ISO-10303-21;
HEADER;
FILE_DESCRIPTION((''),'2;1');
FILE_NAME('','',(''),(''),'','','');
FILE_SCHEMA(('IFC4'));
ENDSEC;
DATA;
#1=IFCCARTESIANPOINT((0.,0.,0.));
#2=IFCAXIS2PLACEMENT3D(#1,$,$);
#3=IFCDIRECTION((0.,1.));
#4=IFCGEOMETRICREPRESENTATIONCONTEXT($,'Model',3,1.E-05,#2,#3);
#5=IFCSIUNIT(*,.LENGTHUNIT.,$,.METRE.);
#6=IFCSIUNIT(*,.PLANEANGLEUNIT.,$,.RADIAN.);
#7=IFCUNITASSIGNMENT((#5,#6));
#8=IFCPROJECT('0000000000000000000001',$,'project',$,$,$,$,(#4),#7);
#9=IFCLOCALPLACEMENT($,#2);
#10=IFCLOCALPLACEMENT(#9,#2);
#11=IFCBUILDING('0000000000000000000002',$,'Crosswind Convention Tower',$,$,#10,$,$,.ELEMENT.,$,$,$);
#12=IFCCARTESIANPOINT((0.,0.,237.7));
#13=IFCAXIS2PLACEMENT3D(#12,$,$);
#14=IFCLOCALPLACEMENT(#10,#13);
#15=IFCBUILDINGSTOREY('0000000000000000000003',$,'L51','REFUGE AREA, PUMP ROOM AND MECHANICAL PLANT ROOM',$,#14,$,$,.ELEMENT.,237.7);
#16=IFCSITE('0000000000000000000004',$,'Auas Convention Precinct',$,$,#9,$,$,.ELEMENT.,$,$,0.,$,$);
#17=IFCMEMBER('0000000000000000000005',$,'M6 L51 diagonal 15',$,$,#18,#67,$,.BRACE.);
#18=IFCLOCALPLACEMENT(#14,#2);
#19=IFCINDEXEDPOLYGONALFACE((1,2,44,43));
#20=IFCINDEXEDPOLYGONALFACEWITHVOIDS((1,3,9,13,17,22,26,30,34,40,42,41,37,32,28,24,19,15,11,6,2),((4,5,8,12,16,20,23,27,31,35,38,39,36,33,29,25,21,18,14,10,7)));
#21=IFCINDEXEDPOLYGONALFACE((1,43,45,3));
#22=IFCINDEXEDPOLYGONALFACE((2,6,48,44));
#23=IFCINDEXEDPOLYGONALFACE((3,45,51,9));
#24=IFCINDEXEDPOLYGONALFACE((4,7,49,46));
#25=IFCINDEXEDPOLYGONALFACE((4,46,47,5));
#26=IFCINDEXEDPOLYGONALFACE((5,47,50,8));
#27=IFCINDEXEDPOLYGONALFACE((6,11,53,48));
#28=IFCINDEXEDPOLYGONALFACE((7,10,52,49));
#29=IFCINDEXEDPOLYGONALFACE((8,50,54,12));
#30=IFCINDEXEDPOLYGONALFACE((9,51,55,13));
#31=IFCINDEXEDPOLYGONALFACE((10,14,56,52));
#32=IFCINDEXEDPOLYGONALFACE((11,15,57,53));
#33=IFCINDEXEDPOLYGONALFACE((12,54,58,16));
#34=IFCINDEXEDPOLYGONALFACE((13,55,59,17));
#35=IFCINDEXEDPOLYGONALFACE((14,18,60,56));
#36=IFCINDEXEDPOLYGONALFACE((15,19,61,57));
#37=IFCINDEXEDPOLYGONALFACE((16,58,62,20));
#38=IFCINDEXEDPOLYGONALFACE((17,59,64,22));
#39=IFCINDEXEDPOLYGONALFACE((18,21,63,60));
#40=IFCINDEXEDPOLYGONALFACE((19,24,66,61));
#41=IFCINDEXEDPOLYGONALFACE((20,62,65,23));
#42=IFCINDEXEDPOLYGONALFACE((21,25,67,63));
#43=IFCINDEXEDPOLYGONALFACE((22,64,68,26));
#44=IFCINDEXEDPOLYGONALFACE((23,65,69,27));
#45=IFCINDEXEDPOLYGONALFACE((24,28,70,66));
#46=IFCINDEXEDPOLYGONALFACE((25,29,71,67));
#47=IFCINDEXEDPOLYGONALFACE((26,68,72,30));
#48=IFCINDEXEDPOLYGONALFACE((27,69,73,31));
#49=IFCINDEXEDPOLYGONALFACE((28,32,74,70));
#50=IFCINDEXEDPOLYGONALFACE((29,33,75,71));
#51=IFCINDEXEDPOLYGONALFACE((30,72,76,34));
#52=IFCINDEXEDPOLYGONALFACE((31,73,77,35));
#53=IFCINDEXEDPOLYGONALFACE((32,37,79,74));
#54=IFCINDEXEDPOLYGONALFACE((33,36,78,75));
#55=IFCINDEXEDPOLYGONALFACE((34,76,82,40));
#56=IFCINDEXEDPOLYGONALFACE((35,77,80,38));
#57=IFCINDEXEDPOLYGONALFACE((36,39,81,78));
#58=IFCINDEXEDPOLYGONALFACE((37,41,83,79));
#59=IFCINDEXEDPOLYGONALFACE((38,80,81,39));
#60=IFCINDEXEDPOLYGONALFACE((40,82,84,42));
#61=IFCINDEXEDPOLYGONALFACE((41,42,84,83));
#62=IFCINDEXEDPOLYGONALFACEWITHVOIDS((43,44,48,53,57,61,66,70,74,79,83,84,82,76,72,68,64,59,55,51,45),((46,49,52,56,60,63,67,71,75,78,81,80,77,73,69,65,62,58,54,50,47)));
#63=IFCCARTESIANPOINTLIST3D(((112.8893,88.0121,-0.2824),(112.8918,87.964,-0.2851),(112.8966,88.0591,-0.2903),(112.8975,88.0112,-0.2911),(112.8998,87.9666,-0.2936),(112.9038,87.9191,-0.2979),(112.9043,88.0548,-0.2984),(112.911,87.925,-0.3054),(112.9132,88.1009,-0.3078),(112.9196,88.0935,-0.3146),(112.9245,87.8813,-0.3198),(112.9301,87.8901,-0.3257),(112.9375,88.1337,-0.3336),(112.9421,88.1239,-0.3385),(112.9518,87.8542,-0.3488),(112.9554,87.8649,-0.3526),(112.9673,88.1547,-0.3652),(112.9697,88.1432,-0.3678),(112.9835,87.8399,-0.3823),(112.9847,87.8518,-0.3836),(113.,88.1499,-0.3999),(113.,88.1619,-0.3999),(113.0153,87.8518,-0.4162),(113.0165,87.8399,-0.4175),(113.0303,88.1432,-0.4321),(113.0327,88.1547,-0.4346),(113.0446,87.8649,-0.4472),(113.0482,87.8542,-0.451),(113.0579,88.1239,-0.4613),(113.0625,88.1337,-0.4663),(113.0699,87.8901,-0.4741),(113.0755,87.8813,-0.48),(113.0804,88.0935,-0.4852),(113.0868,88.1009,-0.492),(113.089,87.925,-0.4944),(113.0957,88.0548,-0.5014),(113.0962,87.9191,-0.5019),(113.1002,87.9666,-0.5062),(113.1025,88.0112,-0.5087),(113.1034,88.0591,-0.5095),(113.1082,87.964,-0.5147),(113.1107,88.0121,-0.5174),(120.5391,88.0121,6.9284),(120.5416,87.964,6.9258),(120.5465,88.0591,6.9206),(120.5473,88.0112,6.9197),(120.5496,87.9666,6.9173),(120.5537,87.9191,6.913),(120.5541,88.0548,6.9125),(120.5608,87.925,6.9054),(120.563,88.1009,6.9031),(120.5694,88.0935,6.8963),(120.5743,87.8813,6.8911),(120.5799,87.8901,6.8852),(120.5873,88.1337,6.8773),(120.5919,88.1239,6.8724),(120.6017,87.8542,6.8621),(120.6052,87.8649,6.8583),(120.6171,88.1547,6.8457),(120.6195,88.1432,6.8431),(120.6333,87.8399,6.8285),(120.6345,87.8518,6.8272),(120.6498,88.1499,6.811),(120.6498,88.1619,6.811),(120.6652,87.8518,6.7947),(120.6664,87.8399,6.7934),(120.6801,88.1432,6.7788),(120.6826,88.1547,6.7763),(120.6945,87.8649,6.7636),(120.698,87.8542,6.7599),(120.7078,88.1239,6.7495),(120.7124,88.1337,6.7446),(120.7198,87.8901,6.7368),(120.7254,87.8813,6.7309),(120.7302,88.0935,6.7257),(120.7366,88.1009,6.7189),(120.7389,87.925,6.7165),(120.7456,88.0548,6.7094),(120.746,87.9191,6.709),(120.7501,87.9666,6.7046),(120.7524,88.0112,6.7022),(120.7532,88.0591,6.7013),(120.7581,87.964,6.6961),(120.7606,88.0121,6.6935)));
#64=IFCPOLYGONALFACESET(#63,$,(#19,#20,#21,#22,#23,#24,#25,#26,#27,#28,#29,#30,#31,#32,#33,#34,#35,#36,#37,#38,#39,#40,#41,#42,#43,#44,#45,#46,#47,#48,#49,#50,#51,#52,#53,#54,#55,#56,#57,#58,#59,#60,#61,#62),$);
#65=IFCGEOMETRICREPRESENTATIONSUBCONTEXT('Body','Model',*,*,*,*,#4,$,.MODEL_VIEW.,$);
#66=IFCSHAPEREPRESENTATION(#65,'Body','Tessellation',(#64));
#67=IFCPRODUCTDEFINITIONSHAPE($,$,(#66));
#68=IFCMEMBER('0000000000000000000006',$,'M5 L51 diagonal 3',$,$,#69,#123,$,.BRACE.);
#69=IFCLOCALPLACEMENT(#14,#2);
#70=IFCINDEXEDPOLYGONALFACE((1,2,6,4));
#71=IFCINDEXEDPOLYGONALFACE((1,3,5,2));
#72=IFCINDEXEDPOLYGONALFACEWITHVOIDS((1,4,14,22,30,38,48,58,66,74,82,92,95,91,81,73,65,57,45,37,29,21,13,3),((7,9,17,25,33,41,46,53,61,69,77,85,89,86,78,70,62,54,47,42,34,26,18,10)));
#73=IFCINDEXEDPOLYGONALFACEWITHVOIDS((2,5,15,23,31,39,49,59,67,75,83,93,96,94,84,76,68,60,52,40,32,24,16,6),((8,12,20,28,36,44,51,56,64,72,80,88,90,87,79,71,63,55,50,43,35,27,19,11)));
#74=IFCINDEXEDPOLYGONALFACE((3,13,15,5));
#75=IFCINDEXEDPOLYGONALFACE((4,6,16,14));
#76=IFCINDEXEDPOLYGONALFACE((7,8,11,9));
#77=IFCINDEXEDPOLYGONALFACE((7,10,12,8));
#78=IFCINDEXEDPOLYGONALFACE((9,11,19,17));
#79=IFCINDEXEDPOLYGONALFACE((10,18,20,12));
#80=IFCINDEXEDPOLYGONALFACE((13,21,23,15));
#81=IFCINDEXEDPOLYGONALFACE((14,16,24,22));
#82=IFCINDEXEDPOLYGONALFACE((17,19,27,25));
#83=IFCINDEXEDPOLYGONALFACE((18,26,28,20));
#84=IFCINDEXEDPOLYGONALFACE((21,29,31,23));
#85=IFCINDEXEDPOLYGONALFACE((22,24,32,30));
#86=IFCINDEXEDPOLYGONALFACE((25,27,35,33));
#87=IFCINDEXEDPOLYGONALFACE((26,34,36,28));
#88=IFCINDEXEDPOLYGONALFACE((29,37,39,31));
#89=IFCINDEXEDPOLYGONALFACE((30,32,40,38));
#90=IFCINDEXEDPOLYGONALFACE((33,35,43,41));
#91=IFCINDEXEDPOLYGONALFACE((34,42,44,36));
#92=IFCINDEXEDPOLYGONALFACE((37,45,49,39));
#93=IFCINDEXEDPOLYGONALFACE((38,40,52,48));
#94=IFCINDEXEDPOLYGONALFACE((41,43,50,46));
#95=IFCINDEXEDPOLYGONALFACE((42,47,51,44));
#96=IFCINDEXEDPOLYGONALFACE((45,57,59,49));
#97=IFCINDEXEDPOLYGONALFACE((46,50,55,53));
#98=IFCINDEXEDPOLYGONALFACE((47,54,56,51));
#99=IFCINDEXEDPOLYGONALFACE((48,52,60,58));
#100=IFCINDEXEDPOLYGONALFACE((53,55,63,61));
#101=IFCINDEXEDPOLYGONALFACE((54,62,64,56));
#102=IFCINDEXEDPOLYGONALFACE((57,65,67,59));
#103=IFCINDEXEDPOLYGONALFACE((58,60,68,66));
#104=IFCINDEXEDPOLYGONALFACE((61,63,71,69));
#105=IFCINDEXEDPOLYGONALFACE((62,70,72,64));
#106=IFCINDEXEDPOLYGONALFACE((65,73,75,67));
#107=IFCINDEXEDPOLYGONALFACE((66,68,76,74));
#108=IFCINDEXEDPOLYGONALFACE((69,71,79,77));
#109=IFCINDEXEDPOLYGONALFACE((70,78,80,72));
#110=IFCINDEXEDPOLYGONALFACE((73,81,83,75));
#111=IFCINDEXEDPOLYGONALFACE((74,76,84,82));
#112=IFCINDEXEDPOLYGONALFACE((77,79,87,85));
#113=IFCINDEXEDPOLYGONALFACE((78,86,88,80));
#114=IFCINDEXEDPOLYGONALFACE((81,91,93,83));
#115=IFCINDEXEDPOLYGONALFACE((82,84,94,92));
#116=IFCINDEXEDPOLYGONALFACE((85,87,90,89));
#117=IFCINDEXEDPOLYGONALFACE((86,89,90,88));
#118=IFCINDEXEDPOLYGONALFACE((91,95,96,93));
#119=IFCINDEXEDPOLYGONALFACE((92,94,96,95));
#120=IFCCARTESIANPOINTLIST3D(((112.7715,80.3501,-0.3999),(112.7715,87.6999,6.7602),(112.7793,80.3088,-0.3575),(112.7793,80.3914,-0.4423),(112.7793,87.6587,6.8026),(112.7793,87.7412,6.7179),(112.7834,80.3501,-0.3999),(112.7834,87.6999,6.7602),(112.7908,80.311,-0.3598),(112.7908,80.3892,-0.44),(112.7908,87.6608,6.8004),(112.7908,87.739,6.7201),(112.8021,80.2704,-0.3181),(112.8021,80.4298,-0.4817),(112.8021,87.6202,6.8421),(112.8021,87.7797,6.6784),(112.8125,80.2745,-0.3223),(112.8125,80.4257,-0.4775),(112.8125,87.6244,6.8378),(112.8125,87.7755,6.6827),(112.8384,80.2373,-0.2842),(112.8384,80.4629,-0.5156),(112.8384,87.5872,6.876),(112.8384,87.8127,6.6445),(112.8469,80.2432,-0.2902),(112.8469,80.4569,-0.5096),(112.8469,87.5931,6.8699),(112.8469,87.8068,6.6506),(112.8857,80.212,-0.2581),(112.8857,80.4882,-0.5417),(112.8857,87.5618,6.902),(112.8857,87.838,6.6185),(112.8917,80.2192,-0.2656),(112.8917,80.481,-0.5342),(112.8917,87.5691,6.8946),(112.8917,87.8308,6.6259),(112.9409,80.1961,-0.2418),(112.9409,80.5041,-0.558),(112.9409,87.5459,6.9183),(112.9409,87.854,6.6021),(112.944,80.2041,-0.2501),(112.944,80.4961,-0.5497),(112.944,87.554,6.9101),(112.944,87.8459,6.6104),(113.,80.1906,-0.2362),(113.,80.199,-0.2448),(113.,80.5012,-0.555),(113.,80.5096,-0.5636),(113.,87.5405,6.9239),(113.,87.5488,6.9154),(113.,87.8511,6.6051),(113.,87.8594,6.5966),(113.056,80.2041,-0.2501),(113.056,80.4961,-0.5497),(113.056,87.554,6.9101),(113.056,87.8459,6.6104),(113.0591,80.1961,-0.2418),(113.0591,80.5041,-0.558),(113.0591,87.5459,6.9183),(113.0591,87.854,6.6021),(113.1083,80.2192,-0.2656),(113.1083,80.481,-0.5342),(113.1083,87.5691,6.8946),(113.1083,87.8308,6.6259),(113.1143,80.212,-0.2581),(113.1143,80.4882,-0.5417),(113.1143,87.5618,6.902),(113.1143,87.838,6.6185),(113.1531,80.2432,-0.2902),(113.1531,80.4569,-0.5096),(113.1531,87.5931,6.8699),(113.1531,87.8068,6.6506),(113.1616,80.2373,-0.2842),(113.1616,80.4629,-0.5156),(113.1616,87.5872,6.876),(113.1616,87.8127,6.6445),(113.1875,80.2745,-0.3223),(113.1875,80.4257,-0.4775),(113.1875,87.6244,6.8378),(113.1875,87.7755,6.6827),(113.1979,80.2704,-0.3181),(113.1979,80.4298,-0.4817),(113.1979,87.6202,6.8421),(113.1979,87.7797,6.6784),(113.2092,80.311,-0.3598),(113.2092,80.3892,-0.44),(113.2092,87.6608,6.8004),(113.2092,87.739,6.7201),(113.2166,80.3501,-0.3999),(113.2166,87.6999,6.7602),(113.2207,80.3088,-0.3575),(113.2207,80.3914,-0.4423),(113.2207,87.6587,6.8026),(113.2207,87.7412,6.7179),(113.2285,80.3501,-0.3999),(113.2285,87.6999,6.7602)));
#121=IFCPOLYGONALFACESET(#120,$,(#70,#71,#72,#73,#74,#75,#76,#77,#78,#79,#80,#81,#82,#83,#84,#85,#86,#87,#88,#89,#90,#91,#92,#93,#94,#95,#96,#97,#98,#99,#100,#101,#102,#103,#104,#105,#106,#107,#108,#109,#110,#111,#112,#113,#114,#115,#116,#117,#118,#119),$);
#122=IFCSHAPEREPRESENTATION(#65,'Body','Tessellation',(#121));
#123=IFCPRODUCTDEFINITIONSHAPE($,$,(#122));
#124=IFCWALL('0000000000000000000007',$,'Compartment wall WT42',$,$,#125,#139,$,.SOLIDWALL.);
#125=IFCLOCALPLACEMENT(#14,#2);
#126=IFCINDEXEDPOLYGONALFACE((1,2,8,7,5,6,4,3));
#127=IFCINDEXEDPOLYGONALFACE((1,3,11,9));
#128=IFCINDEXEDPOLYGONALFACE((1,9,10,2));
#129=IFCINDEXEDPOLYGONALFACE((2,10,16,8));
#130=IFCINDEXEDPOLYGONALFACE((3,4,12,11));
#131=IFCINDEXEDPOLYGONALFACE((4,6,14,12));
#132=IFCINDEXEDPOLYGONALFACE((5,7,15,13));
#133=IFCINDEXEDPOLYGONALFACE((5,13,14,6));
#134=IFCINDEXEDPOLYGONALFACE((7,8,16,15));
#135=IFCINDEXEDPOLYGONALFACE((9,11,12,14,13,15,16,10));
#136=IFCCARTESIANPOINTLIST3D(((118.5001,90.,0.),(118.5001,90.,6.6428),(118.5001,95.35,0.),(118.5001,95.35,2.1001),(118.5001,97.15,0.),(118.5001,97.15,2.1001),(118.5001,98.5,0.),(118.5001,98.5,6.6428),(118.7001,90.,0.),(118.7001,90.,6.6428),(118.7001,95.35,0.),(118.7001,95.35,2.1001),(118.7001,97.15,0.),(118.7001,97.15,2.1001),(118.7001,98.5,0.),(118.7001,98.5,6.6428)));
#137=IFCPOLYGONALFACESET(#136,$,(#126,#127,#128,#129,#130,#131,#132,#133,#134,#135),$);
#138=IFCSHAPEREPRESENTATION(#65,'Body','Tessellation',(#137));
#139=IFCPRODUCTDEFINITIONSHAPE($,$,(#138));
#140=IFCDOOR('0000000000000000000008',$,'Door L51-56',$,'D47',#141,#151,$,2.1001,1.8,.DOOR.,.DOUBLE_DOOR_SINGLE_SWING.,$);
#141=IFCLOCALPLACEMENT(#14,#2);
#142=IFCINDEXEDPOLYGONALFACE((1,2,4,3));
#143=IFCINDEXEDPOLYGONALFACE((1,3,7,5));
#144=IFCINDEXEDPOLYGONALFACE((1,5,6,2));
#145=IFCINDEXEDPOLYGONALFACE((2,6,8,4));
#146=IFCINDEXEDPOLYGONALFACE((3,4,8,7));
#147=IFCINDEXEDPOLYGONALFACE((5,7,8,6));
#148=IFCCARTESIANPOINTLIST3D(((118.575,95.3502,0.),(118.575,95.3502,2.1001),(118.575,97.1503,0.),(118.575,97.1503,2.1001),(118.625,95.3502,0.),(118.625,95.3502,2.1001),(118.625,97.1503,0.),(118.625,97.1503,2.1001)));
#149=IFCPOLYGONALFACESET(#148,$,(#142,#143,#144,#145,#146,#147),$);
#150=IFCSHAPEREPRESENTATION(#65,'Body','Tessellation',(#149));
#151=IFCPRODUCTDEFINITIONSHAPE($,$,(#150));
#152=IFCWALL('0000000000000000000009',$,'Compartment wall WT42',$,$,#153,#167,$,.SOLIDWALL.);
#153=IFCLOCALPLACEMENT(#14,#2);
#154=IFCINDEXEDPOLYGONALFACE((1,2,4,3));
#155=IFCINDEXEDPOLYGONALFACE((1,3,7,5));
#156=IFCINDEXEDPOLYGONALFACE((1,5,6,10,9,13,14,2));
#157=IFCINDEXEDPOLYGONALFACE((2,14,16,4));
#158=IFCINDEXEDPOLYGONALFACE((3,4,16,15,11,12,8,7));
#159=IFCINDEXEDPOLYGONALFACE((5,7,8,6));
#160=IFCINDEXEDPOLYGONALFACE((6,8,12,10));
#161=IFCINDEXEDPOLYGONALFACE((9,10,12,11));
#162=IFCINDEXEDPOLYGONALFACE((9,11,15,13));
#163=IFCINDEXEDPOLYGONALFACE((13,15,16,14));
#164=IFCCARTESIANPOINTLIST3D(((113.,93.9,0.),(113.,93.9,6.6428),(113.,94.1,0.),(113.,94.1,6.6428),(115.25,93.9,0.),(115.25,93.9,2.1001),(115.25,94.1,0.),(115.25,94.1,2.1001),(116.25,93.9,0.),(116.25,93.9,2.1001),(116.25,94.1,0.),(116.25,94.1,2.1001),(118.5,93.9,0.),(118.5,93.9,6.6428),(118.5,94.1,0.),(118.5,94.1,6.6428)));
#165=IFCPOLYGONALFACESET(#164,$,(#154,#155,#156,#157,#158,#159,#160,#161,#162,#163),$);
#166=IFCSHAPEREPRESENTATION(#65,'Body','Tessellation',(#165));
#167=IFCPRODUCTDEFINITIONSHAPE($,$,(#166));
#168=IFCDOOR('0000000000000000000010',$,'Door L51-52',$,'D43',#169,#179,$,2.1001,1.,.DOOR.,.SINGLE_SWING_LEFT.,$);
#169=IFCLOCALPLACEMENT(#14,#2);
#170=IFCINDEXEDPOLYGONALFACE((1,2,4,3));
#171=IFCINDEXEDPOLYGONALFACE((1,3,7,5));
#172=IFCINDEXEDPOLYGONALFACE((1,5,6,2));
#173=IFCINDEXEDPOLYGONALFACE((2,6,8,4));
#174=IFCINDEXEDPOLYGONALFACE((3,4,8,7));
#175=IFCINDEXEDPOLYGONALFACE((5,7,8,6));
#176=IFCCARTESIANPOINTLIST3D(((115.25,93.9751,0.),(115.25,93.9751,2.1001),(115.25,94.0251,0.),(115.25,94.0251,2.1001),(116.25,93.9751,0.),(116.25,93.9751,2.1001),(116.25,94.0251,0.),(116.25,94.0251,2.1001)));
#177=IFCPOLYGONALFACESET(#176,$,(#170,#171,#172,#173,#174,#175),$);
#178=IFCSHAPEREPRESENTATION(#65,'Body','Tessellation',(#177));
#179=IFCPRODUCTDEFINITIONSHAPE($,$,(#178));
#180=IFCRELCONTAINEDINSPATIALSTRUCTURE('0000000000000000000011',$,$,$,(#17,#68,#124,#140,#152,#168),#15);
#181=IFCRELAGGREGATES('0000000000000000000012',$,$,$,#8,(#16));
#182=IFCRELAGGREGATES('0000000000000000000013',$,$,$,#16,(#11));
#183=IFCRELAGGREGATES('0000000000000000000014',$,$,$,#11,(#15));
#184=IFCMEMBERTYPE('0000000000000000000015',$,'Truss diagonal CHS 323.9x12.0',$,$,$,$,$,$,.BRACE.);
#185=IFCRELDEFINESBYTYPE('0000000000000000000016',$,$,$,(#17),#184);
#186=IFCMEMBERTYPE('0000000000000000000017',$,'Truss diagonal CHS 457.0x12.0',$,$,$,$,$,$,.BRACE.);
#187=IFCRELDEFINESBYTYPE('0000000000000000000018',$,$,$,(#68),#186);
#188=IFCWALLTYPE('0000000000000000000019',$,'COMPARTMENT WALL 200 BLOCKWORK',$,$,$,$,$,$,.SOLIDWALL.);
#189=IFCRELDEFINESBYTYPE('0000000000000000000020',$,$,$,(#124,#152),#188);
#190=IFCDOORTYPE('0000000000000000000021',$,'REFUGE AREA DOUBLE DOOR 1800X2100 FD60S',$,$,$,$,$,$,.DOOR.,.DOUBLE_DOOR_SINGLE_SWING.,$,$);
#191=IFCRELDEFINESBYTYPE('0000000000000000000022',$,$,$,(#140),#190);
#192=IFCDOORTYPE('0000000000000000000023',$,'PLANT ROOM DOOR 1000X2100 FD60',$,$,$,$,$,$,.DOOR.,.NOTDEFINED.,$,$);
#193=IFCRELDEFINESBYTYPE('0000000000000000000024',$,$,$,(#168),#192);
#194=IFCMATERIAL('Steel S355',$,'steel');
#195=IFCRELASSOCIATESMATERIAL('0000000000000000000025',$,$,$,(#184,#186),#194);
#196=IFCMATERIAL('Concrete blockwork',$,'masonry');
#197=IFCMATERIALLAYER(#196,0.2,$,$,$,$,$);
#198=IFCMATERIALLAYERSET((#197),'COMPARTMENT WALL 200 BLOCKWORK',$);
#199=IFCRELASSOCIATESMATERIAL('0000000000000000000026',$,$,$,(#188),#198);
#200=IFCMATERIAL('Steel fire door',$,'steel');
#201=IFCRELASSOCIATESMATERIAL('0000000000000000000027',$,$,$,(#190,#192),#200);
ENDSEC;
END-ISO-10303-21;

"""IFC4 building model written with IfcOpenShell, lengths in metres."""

from ifc_helpers import new_model, si_unit, direction, frame, frame_2d, origin, origin_2d, place, context, subcontext, project, spatial, rectangle, hollow_circle, extrude, material, layer, layer_set, material_profile, profile_set, type_object, element, fill, save


model = new_model("IFC4")

# Units and contexts
model_context = context("Model", 3, precision=1e-05, world=origin(), true_north=direction((0.0, 1.0)))
body_context = subcontext(model_context, "Body", "Model", "MODEL_VIEW")
ifc_project = project(units=[si_unit("LENGTHUNIT", "METRE"), si_unit("PLANEANGLEUNIT", "RADIAN")], contexts=[model_context])

# Site, building, storey
site_placement = place(None, origin())
site = spatial("IfcSite", under=ifc_project, at=site_placement, Name="Auas Convention Precinct", CompositionType="ELEMENT", RefElevation=0.0)
building_placement = place(site_placement, origin())
building = spatial("IfcBuilding", under=site, at=building_placement, Name="Crosswind Convention Tower", CompositionType="ELEMENT")
storey_placement = place(building_placement, frame((0.0, 0.0, 237.7)))
storey = spatial("IfcBuildingStorey", under=building, at=storey_placement, Name="L51", Description="REFUGE AREA, PUMP ROOM AND MECHANICAL PLANT ROOM", CompositionType="ELEMENT", Elevation=237.7)

# Shared definitions
ifc_material_1 = material(Name="Steel S355", Category="steel")

# Members
ifc_material_profile_1 = material_profile(ifc_material_1, hollow_circle(Radius=0.1619, WallThickness=0.012, at=origin_2d()), Name="CHS 323.9x12.0")
ifc_profile_set_1 = profile_set([ifc_material_profile_1], Name="Steel S355")
member_type_1 = type_object("IfcMemberType", Name="Truss diagonal CHS 323.9x12.0", PredefinedType="BRACE", material=ifc_profile_set_1)
member_1_placement = place(storey_placement, frame((113.0, 88.0, -0.3999), z_axis=(0.727676, 0.0, 0.685921), x_axis=(0.0, 1.0, 0.0)))
element("IfcMember", 1, at=member_1_placement, inside=storey, type_object=member_type_1, Name="M6 L51 diagonal 15", PredefinedType="BRACE", context=body_context, shape_type="SweptSolid", body=[
    extrude(hollow_circle(Radius=0.1619, WallThickness=0.012, at=origin_2d()), origin(), (0.0, 0.0, 1.0), 10.5127),
])
ifc_material_profile_2 = material_profile(ifc_material_1, hollow_circle(Radius=0.2285, WallThickness=0.012, at=origin_2d()), Name="CHS 457.0x12.0")
ifc_profile_set_2 = profile_set([ifc_material_profile_2], Name="Steel S355")
member_type_2 = type_object("IfcMemberType", Name="Truss diagonal CHS 457.0x12.0", PredefinedType="BRACE", material=ifc_profile_set_2)
member_2_placement = place(storey_placement, frame((113.0, 80.3501, -0.3999), z_axis=(0.0, 0.71629, 0.697803), x_axis=(-1.0, 0.0, 0.0)))
element("IfcMember", 2, at=member_2_placement, inside=storey, type_object=member_type_2, Name="M5 L51 diagonal 3", PredefinedType="BRACE", context=body_context, shape_type="SweptSolid", body=[
    extrude(hollow_circle(Radius=0.2285, WallThickness=0.012, at=origin_2d()), origin(), (0.0, 0.0, 1.0), 10.261),
])

# Walls, openings, doors
ifc_material_2 = material(Name="Concrete blockwork", Category="masonry")
ifc_layer_1 = layer(ifc_material_2, 0.2)
ifc_layer_set_1 = layer_set([ifc_layer_1], Name="COMPARTMENT WALL 200 BLOCKWORK")
wall_type_1 = type_object("IfcWallType", Name="COMPARTMENT WALL 200 BLOCKWORK", PredefinedType="SOLIDWALL", material=ifc_layer_set_1)
wall_1_placement = place(storey_placement, frame((118.6001, 90.0, 0.0), z_axis=(0.0, 0.0, 1.0), x_axis=(0.0, 1.0, 0.0)))
wall_1 = element("IfcWall", 3, at=wall_1_placement, inside=storey, type_object=wall_type_1, Name="Compartment wall WT42", PredefinedType="SOLIDWALL", context=body_context, shape_type="SweptSolid", body=[
    extrude(rectangle(XDim=8.5, YDim=0.2, at=frame_2d((4.25, 0.0))), origin(), (0.0, 0.0, 1.0), 6.6428),
])
opening_1_placement = place(wall_1_placement, frame((5.3501, 0.0, 0.0)))
opening_1 = element("IfcOpeningElement", 4, at=opening_1_placement, cuts=wall_1, PredefinedType="OPENING", context=body_context, shape_type="SweptSolid", body=[
    extrude(rectangle(XDim=1.8, YDim=2.1001, at=frame_2d((0.8999, 1.05))), frame((0.0, 0.1099, 0.0), z_axis=(0.0, -1.0, 0.0), x_axis=(1.0, 0.0, 0.0)), (0.0, 0.0, 1.0), 0.22),
])
ifc_material_3 = material(Name="Steel fire door", Category="steel")
door_type_1 = type_object("IfcDoorType", Name="REFUGE AREA DOUBLE DOOR 1800X2100 FD60S", OperationType="DOUBLE_DOOR_SINGLE_SWING", PredefinedType="DOOR", material=ifc_material_3)
door_1_placement = place(opening_1_placement, frame((1.8, 0.0, 0.0), z_axis=(0.0, 0.0, 1.0), x_axis=(-1.0, 0.0, 0.0)))
door_1 = element("IfcDoor", 5, at=door_1_placement, inside=storey, type_object=door_type_1, Name="Door L51-56", ObjectType="D47", OperationType="DOUBLE_DOOR_SINGLE_SWING", OverallHeight=2.1001, OverallWidth=1.8, PredefinedType="DOOR", context=body_context, shape_type="SweptSolid", body=[
    extrude(rectangle(XDim=1.8, YDim=2.1001, at=frame_2d((0.8999, 1.05))), frame((0.0, 0.0249, 0.0), z_axis=(0.0, -1.0, 0.0), x_axis=(1.0, 0.0, 0.0)), (0.0, 0.0, 1.0), 0.05),
])
fill(opening_1, door_1)
wall_2_placement = place(storey_placement, frame((113.0, 94.0, 0.0), z_axis=(0.0, 0.0, 1.0), x_axis=(1.0, 0.0, 0.0)))
wall_2 = element("IfcWall", 6, at=wall_2_placement, inside=storey, type_object=wall_type_1, Name="Compartment wall WT42", PredefinedType="SOLIDWALL", context=body_context, shape_type="SweptSolid", body=[
    extrude(rectangle(XDim=5.5, YDim=0.2, at=frame_2d((2.75, 0.0))), origin(), (0.0, 0.0, 1.0), 6.6428),
])
opening_2_placement = place(wall_2_placement, frame((2.25, 0.0, 0.0)))
opening_2 = element("IfcOpeningElement", 7, at=opening_2_placement, cuts=wall_2, PredefinedType="OPENING", context=body_context, shape_type="SweptSolid", body=[
    extrude(rectangle(XDim=1.0, YDim=2.1001, at=frame_2d((0.5, 1.05))), frame((0.0, 0.1099, 0.0), z_axis=(0.0, -1.0, 0.0), x_axis=(1.0, 0.0, 0.0)), (0.0, 0.0, 1.0), 0.22),
])
door_type_2 = type_object("IfcDoorType", Name="PLANT ROOM DOOR 1000X2100 FD60", OperationType="NOTDEFINED", PredefinedType="DOOR", material=ifc_material_3)
door_2_placement = place(opening_2_placement, frame((1.0, 0.0, 0.0), z_axis=(0.0, 0.0, 1.0), x_axis=(-1.0, 0.0, 0.0)))
door_2 = element("IfcDoor", 8, at=door_2_placement, inside=storey, type_object=door_type_2, Name="Door L51-52", ObjectType="D43", OperationType="SINGLE_SWING_LEFT", OverallHeight=2.1001, OverallWidth=1.0, PredefinedType="DOOR", context=body_context, shape_type="SweptSolid", body=[
    extrude(rectangle(XDim=1.0, YDim=2.1001, at=frame_2d((0.5, 1.05))), frame((0.0, 0.0249, 0.0), z_axis=(0.0, -1.0, 0.0), x_axis=(1.0, 0.0, 0.0)), (0.0, 0.0, 1.0), 0.05),
])
fill(opening_2, door_2)

save(model, "model.ifc")
